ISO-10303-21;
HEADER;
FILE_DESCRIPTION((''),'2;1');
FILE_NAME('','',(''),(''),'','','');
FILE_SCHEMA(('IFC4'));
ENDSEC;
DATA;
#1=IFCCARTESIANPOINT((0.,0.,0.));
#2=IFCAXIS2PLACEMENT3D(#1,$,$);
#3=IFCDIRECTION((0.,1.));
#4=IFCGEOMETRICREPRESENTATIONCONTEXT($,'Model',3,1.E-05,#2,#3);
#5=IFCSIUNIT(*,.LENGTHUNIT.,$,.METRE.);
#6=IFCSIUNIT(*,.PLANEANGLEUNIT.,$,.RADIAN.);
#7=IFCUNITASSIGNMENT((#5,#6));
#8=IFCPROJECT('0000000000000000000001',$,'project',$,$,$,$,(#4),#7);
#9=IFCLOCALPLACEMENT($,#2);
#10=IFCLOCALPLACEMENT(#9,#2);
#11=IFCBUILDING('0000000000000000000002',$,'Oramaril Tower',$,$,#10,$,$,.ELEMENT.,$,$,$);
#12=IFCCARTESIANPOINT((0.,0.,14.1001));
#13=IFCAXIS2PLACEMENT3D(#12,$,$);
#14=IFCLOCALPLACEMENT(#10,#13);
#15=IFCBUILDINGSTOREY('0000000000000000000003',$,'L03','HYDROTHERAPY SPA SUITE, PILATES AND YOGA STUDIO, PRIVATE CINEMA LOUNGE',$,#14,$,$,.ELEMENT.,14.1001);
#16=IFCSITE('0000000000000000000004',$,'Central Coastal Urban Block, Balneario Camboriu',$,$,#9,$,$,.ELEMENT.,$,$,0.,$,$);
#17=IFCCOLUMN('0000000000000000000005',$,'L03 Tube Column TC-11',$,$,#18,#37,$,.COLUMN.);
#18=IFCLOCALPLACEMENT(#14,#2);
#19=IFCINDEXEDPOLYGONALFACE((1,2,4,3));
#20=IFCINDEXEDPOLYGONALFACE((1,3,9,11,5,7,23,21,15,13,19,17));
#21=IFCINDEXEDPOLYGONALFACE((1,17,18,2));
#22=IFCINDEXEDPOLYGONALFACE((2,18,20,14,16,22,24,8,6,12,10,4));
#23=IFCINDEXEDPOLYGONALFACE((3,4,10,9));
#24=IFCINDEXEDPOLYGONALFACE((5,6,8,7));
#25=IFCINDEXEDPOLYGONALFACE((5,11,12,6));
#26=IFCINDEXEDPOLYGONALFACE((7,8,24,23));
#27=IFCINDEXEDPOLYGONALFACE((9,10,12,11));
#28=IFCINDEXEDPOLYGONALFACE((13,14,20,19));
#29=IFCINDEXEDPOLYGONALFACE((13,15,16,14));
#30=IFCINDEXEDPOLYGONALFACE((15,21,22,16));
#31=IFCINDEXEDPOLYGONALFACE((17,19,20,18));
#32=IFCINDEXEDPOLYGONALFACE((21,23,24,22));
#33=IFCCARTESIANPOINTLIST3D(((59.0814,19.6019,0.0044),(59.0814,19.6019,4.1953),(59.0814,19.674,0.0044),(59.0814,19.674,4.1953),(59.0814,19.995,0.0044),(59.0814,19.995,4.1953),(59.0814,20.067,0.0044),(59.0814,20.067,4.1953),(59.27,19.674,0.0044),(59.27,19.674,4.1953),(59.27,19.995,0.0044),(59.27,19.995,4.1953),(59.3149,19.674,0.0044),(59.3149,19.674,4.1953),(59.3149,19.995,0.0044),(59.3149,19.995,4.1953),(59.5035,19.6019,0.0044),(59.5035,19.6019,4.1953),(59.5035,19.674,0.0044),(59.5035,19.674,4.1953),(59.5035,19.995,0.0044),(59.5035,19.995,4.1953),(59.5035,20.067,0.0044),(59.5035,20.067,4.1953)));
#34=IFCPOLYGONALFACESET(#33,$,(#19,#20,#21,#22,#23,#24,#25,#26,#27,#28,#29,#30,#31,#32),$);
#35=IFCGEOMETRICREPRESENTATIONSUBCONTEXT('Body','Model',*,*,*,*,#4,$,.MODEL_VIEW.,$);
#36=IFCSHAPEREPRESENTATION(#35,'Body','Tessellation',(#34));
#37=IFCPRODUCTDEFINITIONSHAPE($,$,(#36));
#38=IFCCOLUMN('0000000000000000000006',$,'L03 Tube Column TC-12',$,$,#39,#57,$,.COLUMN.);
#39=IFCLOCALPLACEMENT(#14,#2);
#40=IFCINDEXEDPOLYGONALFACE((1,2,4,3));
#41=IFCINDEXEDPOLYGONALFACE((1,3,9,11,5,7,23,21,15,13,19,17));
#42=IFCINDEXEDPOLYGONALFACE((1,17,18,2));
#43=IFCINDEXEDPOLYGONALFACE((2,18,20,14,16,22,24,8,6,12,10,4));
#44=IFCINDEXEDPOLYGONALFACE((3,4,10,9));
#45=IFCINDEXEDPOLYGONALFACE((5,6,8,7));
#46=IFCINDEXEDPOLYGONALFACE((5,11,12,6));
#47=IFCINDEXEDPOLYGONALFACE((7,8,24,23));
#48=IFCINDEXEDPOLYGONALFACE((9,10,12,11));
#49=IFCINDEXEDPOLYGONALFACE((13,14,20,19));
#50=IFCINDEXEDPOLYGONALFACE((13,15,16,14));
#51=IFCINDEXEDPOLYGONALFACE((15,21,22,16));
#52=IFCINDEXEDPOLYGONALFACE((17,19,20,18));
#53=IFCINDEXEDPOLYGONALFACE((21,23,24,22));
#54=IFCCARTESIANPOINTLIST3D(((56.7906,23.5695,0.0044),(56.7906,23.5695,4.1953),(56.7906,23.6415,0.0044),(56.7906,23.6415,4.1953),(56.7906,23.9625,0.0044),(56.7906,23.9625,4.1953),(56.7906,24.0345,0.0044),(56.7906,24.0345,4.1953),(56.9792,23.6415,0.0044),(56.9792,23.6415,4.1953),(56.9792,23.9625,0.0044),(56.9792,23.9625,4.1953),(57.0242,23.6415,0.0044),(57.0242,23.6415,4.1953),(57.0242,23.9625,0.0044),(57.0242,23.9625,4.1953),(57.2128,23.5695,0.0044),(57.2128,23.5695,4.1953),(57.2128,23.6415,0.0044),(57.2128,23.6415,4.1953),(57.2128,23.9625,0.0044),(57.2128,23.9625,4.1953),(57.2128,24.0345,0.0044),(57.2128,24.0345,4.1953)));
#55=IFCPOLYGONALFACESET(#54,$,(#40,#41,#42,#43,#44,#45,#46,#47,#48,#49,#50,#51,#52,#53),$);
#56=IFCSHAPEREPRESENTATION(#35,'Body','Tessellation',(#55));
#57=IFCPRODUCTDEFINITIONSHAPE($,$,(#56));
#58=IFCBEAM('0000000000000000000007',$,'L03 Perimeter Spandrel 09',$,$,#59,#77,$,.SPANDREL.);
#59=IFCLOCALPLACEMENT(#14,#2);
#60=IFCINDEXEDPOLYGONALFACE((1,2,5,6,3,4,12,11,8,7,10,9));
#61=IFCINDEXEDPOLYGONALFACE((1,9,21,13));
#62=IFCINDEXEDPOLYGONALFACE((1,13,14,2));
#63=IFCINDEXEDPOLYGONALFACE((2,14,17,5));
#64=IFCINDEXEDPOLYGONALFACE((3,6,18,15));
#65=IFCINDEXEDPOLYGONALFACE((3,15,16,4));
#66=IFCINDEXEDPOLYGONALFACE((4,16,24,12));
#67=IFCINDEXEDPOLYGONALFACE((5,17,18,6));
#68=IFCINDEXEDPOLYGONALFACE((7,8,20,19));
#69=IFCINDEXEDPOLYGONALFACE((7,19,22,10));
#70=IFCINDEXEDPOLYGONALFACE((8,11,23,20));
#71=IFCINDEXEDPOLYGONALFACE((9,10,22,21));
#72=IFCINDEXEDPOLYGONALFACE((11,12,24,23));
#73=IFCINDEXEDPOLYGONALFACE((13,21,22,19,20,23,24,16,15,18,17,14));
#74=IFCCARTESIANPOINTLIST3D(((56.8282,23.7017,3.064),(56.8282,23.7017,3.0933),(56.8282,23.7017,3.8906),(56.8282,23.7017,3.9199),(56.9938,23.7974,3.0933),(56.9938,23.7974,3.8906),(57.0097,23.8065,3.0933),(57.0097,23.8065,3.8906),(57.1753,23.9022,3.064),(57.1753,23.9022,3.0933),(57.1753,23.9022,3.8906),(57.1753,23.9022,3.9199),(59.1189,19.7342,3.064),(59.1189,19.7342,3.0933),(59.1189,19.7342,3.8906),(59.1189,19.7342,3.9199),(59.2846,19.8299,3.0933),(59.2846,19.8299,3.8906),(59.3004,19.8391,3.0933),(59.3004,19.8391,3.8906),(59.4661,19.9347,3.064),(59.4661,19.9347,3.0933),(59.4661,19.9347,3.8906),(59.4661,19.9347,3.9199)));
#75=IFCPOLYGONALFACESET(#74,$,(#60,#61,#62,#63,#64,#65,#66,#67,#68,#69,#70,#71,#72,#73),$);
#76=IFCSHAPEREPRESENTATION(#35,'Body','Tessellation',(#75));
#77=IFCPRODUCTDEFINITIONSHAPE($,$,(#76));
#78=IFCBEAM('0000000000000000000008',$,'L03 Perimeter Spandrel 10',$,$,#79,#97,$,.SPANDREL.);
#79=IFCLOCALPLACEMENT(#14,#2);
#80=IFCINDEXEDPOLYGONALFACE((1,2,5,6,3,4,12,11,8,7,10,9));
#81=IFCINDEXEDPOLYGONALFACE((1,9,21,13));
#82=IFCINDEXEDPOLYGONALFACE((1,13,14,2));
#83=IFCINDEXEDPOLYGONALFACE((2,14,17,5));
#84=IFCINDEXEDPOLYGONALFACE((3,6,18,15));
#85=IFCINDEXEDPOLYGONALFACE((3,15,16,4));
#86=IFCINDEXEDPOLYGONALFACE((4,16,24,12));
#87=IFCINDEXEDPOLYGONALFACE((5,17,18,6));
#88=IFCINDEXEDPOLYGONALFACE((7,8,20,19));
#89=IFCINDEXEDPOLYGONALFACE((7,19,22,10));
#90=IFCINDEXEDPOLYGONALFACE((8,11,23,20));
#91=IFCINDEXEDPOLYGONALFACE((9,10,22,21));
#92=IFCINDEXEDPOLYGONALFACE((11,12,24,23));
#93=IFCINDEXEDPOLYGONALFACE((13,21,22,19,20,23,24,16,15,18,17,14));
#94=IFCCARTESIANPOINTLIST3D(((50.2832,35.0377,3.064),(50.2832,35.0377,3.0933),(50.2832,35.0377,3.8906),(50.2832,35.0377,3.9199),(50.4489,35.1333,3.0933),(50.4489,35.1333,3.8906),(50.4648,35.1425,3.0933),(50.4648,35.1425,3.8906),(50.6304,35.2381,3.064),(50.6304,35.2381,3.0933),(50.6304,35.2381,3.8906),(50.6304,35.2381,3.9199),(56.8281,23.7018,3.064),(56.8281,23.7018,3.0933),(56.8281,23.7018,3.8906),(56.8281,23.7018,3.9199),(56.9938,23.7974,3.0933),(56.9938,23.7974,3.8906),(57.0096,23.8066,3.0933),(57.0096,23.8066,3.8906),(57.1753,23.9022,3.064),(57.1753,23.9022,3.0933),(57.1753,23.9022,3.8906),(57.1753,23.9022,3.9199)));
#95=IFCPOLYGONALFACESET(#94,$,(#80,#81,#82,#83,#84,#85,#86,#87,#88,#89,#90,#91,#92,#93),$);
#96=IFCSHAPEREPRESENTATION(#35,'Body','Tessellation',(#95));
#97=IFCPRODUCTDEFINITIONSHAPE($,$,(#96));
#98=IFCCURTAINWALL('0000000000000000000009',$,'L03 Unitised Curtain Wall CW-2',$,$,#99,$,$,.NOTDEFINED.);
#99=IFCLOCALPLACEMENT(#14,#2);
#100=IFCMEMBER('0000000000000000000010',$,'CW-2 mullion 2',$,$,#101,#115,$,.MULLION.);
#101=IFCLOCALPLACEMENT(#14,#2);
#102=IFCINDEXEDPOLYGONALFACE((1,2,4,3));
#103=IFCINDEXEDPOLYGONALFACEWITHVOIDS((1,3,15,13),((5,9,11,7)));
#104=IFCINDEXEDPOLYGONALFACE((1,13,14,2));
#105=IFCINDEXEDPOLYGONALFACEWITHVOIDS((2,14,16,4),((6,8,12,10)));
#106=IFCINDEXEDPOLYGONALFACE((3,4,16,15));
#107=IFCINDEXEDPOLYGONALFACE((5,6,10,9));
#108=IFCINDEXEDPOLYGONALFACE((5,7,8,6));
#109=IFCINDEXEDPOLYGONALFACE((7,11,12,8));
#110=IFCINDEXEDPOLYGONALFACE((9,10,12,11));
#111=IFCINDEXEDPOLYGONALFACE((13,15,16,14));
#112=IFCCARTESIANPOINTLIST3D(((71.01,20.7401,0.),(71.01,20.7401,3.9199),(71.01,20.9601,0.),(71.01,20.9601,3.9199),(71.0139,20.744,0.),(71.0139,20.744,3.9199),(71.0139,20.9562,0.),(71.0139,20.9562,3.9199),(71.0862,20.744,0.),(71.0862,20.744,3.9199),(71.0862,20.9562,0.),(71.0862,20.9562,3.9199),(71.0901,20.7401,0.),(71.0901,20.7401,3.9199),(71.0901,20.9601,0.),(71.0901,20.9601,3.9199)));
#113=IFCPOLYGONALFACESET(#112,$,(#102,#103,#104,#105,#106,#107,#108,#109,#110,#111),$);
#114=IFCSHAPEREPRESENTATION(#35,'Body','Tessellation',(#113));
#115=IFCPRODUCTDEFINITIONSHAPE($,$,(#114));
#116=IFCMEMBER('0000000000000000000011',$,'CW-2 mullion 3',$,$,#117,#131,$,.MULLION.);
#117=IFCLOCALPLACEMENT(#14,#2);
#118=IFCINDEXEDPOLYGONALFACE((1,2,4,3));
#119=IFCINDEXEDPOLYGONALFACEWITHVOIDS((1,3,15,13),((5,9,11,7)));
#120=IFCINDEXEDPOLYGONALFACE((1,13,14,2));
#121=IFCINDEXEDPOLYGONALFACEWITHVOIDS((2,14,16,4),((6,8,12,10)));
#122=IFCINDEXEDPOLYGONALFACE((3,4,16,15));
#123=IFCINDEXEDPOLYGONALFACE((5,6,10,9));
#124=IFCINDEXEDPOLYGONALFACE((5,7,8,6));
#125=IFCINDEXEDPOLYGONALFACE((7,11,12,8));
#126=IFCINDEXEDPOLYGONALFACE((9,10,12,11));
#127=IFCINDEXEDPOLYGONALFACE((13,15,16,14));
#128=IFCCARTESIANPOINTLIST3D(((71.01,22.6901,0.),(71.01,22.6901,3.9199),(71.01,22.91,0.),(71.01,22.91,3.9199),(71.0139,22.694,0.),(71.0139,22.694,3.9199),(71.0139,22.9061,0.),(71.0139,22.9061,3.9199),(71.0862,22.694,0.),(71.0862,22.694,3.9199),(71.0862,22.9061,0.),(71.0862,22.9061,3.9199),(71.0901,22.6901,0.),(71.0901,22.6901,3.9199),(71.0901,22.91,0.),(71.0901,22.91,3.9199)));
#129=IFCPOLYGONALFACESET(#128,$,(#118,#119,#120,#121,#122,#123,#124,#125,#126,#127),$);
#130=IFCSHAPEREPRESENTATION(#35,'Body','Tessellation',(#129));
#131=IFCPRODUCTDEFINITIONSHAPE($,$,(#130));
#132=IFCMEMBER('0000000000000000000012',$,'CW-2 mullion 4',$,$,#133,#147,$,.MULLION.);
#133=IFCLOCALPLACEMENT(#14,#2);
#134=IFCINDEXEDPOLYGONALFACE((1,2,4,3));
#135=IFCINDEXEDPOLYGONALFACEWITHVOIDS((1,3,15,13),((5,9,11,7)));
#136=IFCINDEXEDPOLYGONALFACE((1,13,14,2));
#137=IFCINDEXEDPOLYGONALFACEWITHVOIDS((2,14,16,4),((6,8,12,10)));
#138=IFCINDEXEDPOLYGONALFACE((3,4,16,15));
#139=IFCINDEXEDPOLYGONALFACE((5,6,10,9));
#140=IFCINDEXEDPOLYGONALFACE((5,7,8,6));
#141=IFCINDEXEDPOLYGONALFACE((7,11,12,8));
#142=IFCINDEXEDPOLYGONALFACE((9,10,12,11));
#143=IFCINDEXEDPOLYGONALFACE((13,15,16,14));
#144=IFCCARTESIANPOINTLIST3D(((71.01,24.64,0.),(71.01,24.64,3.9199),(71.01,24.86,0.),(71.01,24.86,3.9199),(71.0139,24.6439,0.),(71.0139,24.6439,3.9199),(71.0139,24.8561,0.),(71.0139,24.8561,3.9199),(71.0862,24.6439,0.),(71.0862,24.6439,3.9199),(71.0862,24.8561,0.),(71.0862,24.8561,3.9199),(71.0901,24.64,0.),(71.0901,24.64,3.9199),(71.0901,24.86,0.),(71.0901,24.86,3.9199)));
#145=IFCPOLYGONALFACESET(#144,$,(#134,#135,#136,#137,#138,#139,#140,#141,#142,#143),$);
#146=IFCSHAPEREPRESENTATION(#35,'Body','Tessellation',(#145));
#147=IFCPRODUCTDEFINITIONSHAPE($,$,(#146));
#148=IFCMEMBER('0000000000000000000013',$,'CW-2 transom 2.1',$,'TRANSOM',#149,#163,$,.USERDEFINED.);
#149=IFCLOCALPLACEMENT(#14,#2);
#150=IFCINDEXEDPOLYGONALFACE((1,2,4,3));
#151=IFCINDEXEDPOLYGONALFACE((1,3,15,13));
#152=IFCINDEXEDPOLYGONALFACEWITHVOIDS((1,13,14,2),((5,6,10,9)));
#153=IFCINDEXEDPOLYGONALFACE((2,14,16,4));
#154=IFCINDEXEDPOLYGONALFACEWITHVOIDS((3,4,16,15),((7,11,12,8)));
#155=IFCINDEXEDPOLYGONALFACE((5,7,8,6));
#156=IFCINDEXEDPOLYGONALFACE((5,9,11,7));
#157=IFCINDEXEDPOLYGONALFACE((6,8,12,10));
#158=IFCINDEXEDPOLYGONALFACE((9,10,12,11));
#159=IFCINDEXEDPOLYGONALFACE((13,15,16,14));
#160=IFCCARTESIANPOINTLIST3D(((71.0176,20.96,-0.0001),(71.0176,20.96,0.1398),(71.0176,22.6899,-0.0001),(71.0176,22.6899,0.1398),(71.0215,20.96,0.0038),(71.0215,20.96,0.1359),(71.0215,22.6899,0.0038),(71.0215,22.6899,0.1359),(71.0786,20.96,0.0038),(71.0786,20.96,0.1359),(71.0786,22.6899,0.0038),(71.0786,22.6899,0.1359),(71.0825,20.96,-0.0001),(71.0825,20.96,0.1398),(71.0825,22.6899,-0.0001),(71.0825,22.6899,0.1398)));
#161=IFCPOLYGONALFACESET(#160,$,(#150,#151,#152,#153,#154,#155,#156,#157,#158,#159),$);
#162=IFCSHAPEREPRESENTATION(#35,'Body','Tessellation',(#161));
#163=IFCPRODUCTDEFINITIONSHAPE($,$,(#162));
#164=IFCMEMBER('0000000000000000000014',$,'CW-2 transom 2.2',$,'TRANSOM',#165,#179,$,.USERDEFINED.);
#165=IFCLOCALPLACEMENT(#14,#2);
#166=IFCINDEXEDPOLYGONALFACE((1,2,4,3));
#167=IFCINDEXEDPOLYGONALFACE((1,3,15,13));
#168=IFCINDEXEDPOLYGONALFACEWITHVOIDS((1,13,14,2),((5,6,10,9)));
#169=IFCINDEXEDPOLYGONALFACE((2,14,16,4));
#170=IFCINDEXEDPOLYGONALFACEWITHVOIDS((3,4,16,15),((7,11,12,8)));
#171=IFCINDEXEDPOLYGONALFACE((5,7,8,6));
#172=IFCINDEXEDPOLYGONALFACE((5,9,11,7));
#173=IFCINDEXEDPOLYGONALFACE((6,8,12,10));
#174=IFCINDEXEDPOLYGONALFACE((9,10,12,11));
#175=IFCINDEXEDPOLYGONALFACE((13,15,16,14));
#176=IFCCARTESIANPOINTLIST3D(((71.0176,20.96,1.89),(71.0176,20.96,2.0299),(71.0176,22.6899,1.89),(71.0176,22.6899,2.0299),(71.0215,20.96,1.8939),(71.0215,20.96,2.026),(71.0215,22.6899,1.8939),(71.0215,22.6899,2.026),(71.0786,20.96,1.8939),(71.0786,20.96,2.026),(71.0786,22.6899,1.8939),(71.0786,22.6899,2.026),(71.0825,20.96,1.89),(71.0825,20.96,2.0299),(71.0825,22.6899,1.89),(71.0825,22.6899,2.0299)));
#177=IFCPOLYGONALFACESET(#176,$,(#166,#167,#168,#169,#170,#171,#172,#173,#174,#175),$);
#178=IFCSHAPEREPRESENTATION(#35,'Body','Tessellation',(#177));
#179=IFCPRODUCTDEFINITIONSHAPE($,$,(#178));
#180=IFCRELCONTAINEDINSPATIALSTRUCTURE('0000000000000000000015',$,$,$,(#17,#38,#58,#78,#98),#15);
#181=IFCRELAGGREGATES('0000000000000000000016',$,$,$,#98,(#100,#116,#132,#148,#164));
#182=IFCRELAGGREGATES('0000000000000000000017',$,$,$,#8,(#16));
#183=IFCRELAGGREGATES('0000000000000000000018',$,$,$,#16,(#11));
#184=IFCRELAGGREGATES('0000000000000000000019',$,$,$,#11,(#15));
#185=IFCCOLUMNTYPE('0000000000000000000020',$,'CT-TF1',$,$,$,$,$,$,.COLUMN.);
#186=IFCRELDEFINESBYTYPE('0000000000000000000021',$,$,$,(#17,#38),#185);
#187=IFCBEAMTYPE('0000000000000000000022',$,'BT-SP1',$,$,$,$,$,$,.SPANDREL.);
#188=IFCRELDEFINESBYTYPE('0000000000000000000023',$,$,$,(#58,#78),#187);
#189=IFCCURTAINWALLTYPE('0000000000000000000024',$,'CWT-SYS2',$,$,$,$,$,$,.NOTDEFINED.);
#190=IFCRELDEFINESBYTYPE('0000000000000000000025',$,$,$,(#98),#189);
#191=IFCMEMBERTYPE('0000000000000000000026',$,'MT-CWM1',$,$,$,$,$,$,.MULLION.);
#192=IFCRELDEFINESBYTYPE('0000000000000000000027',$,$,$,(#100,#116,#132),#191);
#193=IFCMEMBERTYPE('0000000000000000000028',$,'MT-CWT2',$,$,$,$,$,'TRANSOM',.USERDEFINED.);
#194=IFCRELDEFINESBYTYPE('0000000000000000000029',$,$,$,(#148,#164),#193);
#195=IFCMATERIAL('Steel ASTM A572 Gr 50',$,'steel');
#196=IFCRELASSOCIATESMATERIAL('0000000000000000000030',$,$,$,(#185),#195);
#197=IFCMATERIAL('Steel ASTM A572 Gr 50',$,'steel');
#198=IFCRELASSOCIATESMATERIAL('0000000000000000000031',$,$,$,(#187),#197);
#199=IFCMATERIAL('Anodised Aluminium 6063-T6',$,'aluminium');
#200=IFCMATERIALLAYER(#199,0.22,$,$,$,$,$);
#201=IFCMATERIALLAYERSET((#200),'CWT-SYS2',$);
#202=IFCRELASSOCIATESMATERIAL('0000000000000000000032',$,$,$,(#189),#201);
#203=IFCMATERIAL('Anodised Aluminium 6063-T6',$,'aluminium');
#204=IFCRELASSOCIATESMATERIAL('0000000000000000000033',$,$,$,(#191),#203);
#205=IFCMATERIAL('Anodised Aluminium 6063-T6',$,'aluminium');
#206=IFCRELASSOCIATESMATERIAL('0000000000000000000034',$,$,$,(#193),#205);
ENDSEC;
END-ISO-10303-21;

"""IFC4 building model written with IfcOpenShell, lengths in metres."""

from ifc_helpers import new_model, si_unit, direction, frame, origin, origin_2d, place, context, subcontext, project, spatial, hollow_rectangle, i_section, extrude, material, layer, layer_set, material_profile, profile_set, type_object, element, aggregate, save


model = new_model("IFC4")

# Units and contexts
model_context = context("Model", 3, precision=1e-05, world=origin(), true_north=direction((0.0, 1.0)))
body_context = subcontext(model_context, "Body", "Model", "MODEL_VIEW")
ifc_project = project(units=[si_unit("LENGTHUNIT", "METRE"), si_unit("PLANEANGLEUNIT", "RADIAN")], contexts=[model_context])

# Site, building, storey
site_placement = place(None, origin())
site = spatial("IfcSite", under=ifc_project, at=site_placement, Name="Central Coastal Urban Block, Balneario Camboriu", CompositionType="ELEMENT", RefElevation=0.0)
building_placement = place(site_placement, origin())
building = spatial("IfcBuilding", under=site, at=building_placement, Name="Oramaril Tower", CompositionType="ELEMENT")
storey_placement = place(building_placement, frame((0.0, 0.0, 14.1001)))
storey = spatial("IfcBuildingStorey", under=building, at=storey_placement, Name="L03", Description="HYDROTHERAPY SPA SUITE, PILATES AND YOGA STUDIO, PRIVATE CINEMA LOUNGE", CompositionType="ELEMENT", Elevation=14.1001)

# Columns
ifc_material_1 = material(Name="Steel ASTM A572 Gr 50", Category="steel")
ifc_material_profile_1 = material_profile(ifc_material_1, i_section(OverallWidth=0.4221, OverallDepth=0.4651, WebThickness=0.0449, FlangeThickness=0.072, at=origin_2d()), Name="W14X398")
ifc_profile_set_1 = profile_set([ifc_material_profile_1], Name="Steel ASTM A572 Gr 50")
column_type = type_object("IfcColumnType", Name="CT-TF1", PredefinedType="COLUMN", material=ifc_profile_set_1)
for number, where, z_axis, x_axis, name in (
    (1, (59.2925, 19.8345, 0.0044), (0.0, 0.0, 1.0), (1.0, 0.0, 0.0), "L03 Tube Column TC-11"),
    (2, (57.0017, 23.802, 0.0044), (0.0, 0.0, 1.0), (1.0, 0.0, 0.0), "L03 Tube Column TC-12"),
):
    element("IfcColumn", number, at=place(storey_placement, frame(where, z_axis=z_axis, x_axis=x_axis)), inside=storey, type_object=column_type, Name=name, PredefinedType="COLUMN", context=body_context, shape_type="SweptSolid", body=[
        extrude(i_section(OverallWidth=0.4221, OverallDepth=0.4651, WebThickness=0.0449, FlangeThickness=0.072, at=origin_2d()), origin(), (0.0, 0.0, 1.0), 4.1909),
    ])

# Beams
ifc_material_2 = material(Name="Steel ASTM A572 Gr 50", Category="steel")
ifc_material_profile_2 = material_profile(ifc_material_2, i_section(OverallWidth=0.4009, OverallDepth=0.856, WebThickness=0.0183, FlangeThickness=0.0293, at=origin_2d()), Name="W33X201")
ifc_profile_set_2 = profile_set([ifc_material_profile_2], Name="Steel ASTM A572 Gr 50")
beam_type = type_object("IfcBeamType", Name="BT-SP1", PredefinedType="SPANDREL", material=ifc_profile_set_2)
beam_1_placement = place(storey_placement, frame((59.2925, 19.8345, 3.4919), z_axis=(-0.500019, 0.866014, 0.0), x_axis=(-0.866014, -0.500019, 0.0)))
element("IfcBeam", 3, at=beam_1_placement, inside=storey, type_object=beam_type, Name="L03 Perimeter Spandrel 09", PredefinedType="SPANDREL", context=body_context, shape_type="SweptSolid", body=[
    extrude(i_section(OverallWidth=0.4009, OverallDepth=0.856, WebThickness=0.0183, FlangeThickness=0.0293, at=origin_2d()), origin(), (0.0, 0.0, 1.0), 4.5813),
])
beam_2_placement = place(storey_placement, frame((57.0017, 23.802, 3.4919), z_axis=(-0.500007, 0.866022, 0.0), x_axis=(-0.866022, -0.500007, 0.0)))
element("IfcBeam", 4, at=beam_2_placement, inside=storey, type_object=beam_type, Name="L03 Perimeter Spandrel 10", PredefinedType="SPANDREL", context=body_context, shape_type="SweptSolid", body=[
    extrude(i_section(OverallWidth=0.4009, OverallDepth=0.856, WebThickness=0.0183, FlangeThickness=0.0293, at=origin_2d()), origin(), (0.0, 0.0, 1.0), 13.0896),
])

# Curtain wall, members
ifc_material_3 = material(Name="Anodised Aluminium 6063-T6", Category="aluminium")
ifc_layer_1 = layer(ifc_material_3, 0.22)
ifc_layer_set_1 = layer_set([ifc_layer_1], Name="CWT-SYS2")
curtain_wall_type = type_object("IfcCurtainWallType", Name="CWT-SYS2", PredefinedType="NOTDEFINED", material=ifc_layer_set_1)
curtain_wall_placement = place(storey_placement, origin())
curtain_wall = element("IfcCurtainWall", 5, at=curtain_wall_placement, inside=storey, type_object=curtain_wall_type, Name="L03 Unitised Curtain Wall CW-2", PredefinedType="NOTDEFINED")
ifc_material_4 = material(Name="Anodised Aluminium 6063-T6", Category="aluminium")
ifc_material_profile_3 = material_profile(ifc_material_4, hollow_rectangle(XDim=0.0801, YDim=0.22, WallThickness=0.0039, at=origin_2d()), Name="CWM220X80")
ifc_profile_set_3 = profile_set([ifc_material_profile_3], Name="Anodised Aluminium 6063-T6")
member_type_1 = type_object("IfcMemberType", Name="MT-CWM1", PredefinedType="MULLION", material=ifc_profile_set_3)
member_1_placement = place(storey_placement, frame((71.05, 20.8501, 0.0), z_axis=(0.0, 0.0, 1.0), x_axis=(-1.0, 0.0, 0.0)))
member_1 = element("IfcMember", 6, at=member_1_placement, type_object=member_type_1, Name="CW-2 mullion 2", PredefinedType="MULLION", context=body_context, shape_type="SweptSolid", body=[
    extrude(hollow_rectangle(XDim=0.0801, YDim=0.22, WallThickness=0.0039, at=origin_2d()), origin(), (0.0, 0.0, 1.0), 3.9199),
])
member_2_placement = place(storey_placement, frame((71.05, 22.8, 0.0), z_axis=(0.0, 0.0, 1.0), x_axis=(-1.0, 0.0, 0.0)))
member_2 = element("IfcMember", 7, at=member_2_placement, type_object=member_type_1, Name="CW-2 mullion 3", PredefinedType="MULLION", context=body_context, shape_type="SweptSolid", body=[
    extrude(hollow_rectangle(XDim=0.0801, YDim=0.22, WallThickness=0.0039, at=origin_2d()), origin(), (0.0, 0.0, 1.0), 3.9199),
])
member_3_placement = place(storey_placement, frame((71.05, 24.75, 0.0), z_axis=(0.0, 0.0, 1.0), x_axis=(-1.0, 0.0, 0.0)))
member_3 = element("IfcMember", 8, at=member_3_placement, type_object=member_type_1, Name="CW-2 mullion 4", PredefinedType="MULLION", context=body_context, shape_type="SweptSolid", body=[
    extrude(hollow_rectangle(XDim=0.0801, YDim=0.22, WallThickness=0.0039, at=origin_2d()), origin(), (0.0, 0.0, 1.0), 3.9199),
])
ifc_material_5 = material(Name="Anodised Aluminium 6063-T6", Category="aluminium")
ifc_material_profile_4 = material_profile(ifc_material_5, hollow_rectangle(XDim=0.0649, YDim=0.1399, WallThickness=0.0039, at=origin_2d()), Name="CWT140X65")
ifc_profile_set_4 = profile_set([ifc_material_profile_4], Name="Anodised Aluminium 6063-T6")
member_type_2 = type_object("IfcMemberType", Name="MT-CWT2", ElementType="TRANSOM", PredefinedType="USERDEFINED", material=ifc_profile_set_4)
member_4_placement = place(storey_placement, frame((71.05, 20.96, 0.0698), z_axis=(0.0, 1.0, 0.0), x_axis=(-1.0, 0.0, 0.0)))
member_4 = element("IfcMember", 9, at=member_4_placement, type_object=member_type_2, Name="CW-2 transom 2.1", ObjectType="TRANSOM", PredefinedType="USERDEFINED", context=body_context, shape_type="SweptSolid", body=[
    extrude(hollow_rectangle(XDim=0.0649, YDim=0.1399, WallThickness=0.0039, at=origin_2d()), origin(), (0.0, 0.0, 1.0), 1.73),
])
member_5_placement = place(storey_placement, frame((71.05, 20.96, 1.96), z_axis=(0.0, 1.0, 0.0), x_axis=(-1.0, 0.0, 0.0)))
member_5 = element("IfcMember", 10, at=member_5_placement, type_object=member_type_2, Name="CW-2 transom 2.2", ObjectType="TRANSOM", PredefinedType="USERDEFINED", context=body_context, shape_type="SweptSolid", body=[
    extrude(hollow_rectangle(XDim=0.0649, YDim=0.1399, WallThickness=0.0039, at=origin_2d()), origin(), (0.0, 0.0, 1.0), 1.73),
])
aggregate(curtain_wall, [member_1, member_2, member_3, member_4, member_5])

save(model, "model.ifc")
